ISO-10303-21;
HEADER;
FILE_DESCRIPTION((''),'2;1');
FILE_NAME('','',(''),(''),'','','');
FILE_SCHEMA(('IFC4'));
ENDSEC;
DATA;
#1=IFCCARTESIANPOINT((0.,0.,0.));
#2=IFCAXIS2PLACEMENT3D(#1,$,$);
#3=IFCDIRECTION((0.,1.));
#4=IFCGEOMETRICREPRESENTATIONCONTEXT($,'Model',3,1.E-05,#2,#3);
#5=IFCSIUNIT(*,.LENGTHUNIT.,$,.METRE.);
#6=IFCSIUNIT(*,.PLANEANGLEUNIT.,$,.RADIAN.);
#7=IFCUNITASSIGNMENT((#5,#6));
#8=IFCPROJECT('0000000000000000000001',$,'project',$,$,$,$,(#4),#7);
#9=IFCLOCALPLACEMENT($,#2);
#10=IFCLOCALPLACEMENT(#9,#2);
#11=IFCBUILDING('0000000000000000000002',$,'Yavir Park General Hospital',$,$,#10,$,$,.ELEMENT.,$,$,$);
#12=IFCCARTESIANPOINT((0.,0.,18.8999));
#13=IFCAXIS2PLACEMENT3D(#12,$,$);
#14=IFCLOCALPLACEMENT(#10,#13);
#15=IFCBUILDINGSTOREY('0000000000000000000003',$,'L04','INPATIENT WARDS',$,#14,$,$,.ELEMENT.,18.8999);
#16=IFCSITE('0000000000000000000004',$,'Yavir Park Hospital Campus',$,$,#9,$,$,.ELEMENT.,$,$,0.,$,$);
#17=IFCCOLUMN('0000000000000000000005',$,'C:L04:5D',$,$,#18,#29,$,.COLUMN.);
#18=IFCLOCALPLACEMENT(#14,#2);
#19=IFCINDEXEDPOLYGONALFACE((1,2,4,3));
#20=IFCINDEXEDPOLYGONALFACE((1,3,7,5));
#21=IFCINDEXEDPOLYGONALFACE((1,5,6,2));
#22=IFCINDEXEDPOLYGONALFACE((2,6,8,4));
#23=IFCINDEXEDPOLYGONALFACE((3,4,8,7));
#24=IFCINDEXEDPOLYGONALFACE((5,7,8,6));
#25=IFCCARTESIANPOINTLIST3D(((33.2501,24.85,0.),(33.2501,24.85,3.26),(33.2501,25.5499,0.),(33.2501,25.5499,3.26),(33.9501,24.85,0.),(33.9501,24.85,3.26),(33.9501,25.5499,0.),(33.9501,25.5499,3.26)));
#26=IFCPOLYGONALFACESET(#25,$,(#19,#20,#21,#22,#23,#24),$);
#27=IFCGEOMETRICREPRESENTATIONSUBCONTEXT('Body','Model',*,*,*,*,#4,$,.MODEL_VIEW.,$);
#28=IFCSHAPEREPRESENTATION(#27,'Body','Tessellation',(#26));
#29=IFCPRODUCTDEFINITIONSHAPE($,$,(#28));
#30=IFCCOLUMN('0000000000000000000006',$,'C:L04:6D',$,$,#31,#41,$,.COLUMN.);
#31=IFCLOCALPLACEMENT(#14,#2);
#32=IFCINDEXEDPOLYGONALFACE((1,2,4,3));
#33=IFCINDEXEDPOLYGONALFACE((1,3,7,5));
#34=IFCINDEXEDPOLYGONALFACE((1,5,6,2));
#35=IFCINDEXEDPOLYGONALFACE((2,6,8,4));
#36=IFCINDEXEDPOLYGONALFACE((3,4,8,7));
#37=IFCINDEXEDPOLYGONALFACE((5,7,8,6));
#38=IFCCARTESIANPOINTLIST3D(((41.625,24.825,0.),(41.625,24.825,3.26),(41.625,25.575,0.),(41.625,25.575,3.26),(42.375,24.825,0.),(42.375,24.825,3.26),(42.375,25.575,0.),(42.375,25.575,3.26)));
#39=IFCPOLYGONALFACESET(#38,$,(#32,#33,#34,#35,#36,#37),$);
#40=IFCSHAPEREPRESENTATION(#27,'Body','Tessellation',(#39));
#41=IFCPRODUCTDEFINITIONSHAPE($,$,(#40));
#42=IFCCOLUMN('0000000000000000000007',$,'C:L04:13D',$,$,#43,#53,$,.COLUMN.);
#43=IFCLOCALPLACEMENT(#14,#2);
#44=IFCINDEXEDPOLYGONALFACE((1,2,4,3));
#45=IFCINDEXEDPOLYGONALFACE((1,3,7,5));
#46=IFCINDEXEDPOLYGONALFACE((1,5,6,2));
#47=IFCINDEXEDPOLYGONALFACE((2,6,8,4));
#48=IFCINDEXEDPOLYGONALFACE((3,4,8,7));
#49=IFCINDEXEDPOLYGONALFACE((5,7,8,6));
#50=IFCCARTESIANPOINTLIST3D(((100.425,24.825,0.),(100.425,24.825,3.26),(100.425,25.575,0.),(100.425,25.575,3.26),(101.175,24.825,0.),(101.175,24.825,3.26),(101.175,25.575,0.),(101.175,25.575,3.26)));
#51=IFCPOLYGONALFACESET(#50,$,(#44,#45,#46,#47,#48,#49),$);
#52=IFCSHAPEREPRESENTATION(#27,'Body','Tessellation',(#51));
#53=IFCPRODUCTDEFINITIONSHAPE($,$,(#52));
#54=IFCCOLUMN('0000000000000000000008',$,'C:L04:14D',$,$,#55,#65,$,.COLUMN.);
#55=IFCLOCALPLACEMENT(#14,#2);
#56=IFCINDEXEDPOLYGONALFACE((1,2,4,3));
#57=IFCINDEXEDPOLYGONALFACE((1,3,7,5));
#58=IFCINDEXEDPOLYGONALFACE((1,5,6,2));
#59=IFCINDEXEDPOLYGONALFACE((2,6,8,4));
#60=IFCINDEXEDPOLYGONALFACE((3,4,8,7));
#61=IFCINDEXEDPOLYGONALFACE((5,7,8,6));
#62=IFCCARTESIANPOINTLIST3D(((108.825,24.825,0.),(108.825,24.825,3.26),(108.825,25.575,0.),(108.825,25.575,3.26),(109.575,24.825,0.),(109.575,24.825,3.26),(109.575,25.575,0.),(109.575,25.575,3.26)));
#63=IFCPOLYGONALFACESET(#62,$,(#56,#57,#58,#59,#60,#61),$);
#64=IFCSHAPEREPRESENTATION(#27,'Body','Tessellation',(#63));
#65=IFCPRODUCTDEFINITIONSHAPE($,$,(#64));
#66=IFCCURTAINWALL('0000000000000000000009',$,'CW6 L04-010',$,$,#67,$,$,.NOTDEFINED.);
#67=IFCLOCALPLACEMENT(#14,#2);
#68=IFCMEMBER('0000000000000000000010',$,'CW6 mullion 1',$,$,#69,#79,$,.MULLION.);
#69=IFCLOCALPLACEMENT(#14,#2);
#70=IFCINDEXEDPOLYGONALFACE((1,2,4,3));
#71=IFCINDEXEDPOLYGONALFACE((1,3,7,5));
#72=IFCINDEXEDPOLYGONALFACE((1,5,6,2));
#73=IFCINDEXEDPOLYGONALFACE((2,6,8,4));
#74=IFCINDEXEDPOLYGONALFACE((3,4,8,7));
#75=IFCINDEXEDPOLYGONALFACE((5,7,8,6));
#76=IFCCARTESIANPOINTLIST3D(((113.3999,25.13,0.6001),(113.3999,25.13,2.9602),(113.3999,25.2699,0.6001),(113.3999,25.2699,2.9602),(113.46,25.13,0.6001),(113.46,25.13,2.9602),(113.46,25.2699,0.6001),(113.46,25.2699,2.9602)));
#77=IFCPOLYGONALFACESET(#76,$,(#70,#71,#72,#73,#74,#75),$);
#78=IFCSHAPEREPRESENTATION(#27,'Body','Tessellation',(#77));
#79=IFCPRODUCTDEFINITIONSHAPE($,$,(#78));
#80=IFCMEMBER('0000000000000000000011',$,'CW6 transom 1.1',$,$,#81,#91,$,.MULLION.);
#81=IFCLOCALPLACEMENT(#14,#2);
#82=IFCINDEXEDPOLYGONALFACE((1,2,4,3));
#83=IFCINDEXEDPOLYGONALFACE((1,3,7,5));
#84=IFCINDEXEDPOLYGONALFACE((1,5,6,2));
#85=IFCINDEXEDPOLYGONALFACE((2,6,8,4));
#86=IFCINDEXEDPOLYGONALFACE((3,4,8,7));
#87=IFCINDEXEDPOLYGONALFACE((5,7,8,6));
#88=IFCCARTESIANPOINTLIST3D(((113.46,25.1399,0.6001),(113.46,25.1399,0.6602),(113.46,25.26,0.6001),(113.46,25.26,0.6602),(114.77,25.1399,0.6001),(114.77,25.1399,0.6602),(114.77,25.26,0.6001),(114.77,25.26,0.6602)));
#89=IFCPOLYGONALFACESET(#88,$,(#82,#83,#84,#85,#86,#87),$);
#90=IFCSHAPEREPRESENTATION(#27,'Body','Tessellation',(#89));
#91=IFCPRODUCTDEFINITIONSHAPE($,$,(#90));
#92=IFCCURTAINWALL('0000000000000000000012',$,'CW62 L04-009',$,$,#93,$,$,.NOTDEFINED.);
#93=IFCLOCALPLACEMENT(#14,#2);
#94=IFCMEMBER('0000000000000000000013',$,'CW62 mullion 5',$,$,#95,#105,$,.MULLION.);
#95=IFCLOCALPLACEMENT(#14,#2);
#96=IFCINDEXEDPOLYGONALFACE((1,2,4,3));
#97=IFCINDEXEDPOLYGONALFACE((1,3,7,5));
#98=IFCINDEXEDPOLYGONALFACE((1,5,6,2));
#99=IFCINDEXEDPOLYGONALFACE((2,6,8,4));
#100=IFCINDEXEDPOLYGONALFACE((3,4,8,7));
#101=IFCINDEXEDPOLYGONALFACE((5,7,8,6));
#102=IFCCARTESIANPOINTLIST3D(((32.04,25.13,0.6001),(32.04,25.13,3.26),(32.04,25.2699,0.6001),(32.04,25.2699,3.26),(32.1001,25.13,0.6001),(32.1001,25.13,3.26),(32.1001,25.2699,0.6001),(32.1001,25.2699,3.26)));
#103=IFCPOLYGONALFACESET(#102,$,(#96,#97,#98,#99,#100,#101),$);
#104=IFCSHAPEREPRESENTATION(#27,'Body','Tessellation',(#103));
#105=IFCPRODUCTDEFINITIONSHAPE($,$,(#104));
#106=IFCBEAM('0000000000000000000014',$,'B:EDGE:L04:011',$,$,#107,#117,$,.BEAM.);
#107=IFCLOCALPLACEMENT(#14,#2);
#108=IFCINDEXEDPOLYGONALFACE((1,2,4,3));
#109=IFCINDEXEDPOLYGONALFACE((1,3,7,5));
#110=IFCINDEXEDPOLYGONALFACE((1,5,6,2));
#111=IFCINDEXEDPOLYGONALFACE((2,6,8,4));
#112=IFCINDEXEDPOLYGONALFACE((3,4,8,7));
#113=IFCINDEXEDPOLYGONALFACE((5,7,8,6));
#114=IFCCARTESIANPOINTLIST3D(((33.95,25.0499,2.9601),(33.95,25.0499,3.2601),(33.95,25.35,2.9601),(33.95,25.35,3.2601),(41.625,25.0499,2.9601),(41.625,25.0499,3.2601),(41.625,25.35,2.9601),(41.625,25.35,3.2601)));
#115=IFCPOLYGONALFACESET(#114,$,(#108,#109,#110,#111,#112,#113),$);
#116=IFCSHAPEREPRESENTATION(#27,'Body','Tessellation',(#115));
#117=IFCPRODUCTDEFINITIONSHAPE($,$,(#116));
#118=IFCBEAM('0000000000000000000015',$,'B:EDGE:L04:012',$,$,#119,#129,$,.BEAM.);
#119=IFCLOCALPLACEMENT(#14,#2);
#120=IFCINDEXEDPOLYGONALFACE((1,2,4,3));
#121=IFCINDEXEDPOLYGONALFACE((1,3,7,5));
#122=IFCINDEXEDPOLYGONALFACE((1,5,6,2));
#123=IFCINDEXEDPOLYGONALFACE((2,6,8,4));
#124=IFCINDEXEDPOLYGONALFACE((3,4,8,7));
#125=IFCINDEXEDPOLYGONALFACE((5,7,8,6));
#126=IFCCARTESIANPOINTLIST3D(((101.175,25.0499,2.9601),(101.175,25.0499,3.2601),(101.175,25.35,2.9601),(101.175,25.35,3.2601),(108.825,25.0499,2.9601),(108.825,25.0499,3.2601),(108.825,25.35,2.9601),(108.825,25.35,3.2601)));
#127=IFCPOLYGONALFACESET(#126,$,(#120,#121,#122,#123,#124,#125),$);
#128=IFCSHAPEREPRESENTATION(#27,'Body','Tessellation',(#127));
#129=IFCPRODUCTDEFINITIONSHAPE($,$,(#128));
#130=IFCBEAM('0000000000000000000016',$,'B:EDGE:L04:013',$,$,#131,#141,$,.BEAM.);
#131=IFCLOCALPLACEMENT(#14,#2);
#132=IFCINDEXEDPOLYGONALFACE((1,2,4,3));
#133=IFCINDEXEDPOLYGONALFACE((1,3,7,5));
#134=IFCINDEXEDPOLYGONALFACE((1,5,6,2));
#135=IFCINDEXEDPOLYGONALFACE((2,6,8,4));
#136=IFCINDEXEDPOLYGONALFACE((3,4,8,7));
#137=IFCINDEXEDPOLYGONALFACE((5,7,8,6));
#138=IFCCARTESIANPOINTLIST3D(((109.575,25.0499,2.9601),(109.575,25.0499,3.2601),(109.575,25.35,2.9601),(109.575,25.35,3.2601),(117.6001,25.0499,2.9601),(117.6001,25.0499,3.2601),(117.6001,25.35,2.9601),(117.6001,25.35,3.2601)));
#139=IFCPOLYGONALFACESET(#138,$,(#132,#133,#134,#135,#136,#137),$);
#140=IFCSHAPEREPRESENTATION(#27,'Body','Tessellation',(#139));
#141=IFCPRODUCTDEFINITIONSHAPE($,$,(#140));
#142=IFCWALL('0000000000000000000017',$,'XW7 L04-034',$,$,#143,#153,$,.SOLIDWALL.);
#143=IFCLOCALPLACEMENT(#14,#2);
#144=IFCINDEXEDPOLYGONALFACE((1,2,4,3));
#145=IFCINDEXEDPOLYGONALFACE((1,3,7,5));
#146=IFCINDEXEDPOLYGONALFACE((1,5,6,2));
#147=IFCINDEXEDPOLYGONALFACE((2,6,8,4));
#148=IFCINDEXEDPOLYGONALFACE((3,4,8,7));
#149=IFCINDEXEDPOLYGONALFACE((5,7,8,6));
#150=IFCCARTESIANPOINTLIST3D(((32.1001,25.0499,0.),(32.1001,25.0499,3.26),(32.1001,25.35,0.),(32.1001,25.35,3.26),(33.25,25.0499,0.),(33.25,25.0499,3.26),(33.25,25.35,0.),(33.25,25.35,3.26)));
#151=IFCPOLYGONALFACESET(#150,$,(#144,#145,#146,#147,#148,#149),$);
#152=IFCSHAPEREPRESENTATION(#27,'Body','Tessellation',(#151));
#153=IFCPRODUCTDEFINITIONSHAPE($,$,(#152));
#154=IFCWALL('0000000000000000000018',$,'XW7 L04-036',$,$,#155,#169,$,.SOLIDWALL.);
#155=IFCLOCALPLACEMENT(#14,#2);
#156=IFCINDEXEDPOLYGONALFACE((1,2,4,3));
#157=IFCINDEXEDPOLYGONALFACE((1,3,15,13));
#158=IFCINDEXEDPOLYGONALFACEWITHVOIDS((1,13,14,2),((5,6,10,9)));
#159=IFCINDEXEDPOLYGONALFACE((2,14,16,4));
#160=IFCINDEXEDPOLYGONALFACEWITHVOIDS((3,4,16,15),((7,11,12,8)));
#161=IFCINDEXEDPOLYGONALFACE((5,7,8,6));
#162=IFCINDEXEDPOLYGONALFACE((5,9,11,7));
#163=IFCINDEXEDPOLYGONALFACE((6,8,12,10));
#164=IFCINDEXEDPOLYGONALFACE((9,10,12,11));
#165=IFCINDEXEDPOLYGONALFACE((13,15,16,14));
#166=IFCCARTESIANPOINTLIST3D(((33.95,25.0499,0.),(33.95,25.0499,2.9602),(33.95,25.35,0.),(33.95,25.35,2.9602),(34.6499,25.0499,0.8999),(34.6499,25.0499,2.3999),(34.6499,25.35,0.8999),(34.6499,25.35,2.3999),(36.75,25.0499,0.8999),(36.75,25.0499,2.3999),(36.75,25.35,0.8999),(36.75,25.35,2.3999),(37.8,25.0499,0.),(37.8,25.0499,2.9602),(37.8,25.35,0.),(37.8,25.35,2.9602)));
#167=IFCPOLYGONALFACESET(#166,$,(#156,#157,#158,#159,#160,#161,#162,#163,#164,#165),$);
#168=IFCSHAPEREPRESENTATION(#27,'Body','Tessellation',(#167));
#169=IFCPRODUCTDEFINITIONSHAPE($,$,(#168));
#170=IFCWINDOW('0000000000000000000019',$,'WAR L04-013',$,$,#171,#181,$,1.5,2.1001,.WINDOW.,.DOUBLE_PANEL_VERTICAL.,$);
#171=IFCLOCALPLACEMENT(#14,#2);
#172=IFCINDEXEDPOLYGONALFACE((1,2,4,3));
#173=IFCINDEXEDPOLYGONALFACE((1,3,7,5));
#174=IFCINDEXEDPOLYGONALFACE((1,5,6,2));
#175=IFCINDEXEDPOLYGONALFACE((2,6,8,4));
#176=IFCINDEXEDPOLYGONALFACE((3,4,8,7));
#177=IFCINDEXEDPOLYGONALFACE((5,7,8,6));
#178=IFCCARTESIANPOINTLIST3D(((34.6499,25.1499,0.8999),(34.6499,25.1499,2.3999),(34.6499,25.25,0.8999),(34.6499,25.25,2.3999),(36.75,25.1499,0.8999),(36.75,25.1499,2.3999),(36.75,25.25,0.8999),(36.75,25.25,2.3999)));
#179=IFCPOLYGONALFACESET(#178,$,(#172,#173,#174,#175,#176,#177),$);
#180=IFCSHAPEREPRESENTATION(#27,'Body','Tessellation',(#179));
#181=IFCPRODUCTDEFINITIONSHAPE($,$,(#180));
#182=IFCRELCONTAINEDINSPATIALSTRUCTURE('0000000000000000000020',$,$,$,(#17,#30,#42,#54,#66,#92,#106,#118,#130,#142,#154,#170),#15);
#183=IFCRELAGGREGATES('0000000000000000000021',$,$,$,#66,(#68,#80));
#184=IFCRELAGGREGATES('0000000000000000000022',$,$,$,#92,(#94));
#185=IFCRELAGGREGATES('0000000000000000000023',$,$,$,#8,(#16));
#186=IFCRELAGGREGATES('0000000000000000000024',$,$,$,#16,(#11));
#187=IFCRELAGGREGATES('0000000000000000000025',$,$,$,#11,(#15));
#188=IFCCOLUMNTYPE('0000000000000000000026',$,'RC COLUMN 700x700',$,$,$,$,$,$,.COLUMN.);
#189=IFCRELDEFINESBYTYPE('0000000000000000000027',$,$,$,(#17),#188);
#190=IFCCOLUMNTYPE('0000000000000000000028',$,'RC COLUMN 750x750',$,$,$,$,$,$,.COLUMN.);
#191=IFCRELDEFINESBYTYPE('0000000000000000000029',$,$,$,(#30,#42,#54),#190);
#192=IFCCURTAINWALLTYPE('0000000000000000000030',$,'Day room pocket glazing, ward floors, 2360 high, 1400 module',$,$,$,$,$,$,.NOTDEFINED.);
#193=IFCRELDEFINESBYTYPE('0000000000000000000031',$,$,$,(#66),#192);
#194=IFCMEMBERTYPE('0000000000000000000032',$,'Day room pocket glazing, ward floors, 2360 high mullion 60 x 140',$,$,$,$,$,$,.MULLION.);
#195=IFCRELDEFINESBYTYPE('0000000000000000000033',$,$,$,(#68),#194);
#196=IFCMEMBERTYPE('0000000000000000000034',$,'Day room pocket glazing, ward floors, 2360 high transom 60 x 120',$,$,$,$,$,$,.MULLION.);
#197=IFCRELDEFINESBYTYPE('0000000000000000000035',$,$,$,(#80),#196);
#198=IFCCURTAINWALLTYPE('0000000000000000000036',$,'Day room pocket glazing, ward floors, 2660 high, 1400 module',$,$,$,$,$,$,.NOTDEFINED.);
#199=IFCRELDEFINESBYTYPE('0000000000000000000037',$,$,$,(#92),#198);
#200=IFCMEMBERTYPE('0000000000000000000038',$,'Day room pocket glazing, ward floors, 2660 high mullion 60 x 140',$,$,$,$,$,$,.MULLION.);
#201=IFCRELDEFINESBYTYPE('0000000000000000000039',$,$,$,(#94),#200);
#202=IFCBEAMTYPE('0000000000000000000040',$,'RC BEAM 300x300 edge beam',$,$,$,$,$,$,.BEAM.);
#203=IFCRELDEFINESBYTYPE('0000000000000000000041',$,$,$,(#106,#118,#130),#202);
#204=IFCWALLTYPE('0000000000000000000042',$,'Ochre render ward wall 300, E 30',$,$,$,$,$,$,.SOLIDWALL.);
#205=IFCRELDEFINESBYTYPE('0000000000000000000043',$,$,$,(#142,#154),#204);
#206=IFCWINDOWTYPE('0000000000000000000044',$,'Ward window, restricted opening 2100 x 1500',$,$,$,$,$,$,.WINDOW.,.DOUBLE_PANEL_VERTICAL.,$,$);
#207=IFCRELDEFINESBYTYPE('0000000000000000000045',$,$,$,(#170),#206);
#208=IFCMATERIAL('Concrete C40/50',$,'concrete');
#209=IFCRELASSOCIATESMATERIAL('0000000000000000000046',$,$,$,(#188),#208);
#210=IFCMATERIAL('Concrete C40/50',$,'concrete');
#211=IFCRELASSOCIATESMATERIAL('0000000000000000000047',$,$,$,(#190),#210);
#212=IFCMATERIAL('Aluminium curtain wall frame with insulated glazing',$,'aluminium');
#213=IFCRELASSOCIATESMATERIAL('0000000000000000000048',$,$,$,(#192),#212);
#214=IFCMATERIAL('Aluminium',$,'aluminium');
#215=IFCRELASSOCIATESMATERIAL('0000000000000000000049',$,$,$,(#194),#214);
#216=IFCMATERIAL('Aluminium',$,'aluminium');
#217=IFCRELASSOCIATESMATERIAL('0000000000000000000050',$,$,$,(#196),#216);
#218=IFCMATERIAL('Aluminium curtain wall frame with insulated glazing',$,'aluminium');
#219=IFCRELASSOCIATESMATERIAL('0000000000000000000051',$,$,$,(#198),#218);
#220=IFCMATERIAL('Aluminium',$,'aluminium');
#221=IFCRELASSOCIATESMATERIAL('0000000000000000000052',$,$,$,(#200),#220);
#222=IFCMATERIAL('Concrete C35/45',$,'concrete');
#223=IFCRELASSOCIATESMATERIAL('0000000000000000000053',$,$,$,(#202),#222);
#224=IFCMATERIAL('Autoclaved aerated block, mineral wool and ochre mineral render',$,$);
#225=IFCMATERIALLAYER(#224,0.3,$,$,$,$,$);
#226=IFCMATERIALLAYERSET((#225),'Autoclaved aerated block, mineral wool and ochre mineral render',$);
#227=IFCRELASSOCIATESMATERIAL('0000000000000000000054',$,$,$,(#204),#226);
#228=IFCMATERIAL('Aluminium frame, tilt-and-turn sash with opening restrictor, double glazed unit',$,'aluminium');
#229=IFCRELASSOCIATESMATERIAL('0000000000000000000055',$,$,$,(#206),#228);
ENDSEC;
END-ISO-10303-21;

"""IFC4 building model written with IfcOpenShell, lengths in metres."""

from ifc_helpers import new_model, si_unit, direction, frame, frame_2d, origin, origin_2d, place, context, subcontext, project, spatial, rectangle, extrude, material, layer, layer_set, material_profile, profile_set, type_object, element, fill, aggregate, save


model = new_model("IFC4")

# Units and contexts
model_context = context("Model", 3, precision=1e-05, world=origin(), true_north=direction((0.0, 1.0)))
body_context = subcontext(model_context, "Body", "Model", "MODEL_VIEW")
ifc_project = project(units=[si_unit("LENGTHUNIT", "METRE"), si_unit("PLANEANGLEUNIT", "RADIAN")], contexts=[model_context])

# Site, building, storey
site_placement = place(None, origin())
site = spatial("IfcSite", under=ifc_project, at=site_placement, Name="Yavir Park Hospital Campus", CompositionType="ELEMENT", RefElevation=0.0)
building_placement = place(site_placement, origin())
building = spatial("IfcBuilding", under=site, at=building_placement, Name="Yavir Park General Hospital", CompositionType="ELEMENT")
storey_placement = place(building_placement, frame((0.0, 0.0, 18.8999)))
storey = spatial("IfcBuildingStorey", under=building, at=storey_placement, Name="L04", Description="INPATIENT WARDS", CompositionType="ELEMENT", Elevation=18.8999)

# Columns
ifc_material_1 = material(Name="Concrete C40/50", Category="concrete")
ifc_material_profile_1 = material_profile(ifc_material_1, rectangle(XDim=0.7, YDim=0.7, at=origin_2d()), Name="RC700x700")
ifc_profile_set_1 = profile_set([ifc_material_profile_1], Name="Concrete C40/50")
column_type_1 = type_object("IfcColumnType", Name="RC COLUMN 700x700", PredefinedType="COLUMN", material=ifc_profile_set_1)
column_placement = place(storey_placement, frame((33.6001, 25.2, 0.0), z_axis=(0.0, 0.0, 1.0), x_axis=(1.0, 0.0, 0.0)))
element("IfcColumn", 1, at=column_placement, inside=storey, type_object=column_type_1, Name="C:L04:5D", PredefinedType="COLUMN", context=body_context, shape_type="SweptSolid", body=[
    extrude(rectangle(XDim=0.7, YDim=0.7, at=origin_2d()), origin(), (0.0, 0.0, 1.0), 3.26),
])
ifc_material_2 = material(Name="Concrete C40/50", Category="concrete")
ifc_material_profile_2 = material_profile(ifc_material_2, rectangle(XDim=0.75, YDim=0.75, at=origin_2d()), Name="RC750x750")
ifc_profile_set_2 = profile_set([ifc_material_profile_2], Name="Concrete C40/50")
column_type_2 = type_object("IfcColumnType", Name="RC COLUMN 750x750", PredefinedType="COLUMN", material=ifc_profile_set_2)
for number, where, z_axis, x_axis, name in (
    (2, (42.0, 25.2, 0.0), (0.0, 0.0, 1.0), (1.0, 0.0, 0.0), "C:L04:6D"),
    (3, (100.8, 25.2, 0.0), (0.0, 0.0, 1.0), (1.0, 0.0, 0.0), "C:L04:13D"),
    (4, (109.2, 25.2, 0.0), (0.0, 0.0, 1.0), (1.0, 0.0, 0.0), "C:L04:14D"),
):
    element("IfcColumn", number, at=place(storey_placement, frame(where, z_axis=z_axis, x_axis=x_axis)), inside=storey, type_object=column_type_2, Name=name, PredefinedType="COLUMN", context=body_context, shape_type="SweptSolid", body=[
        extrude(rectangle(XDim=0.75, YDim=0.75, at=origin_2d()), origin(), (0.0, 0.0, 1.0), 3.26),
    ])

# Curtain wall, members
ifc_material_3 = material(Name="Aluminium curtain wall frame with insulated glazing", Category="aluminium")
curtain_wall_type_1 = type_object("IfcCurtainWallType", Name="Day room pocket glazing, ward floors, 2360 high, 1400 module", PredefinedType="NOTDEFINED", material=ifc_material_3)
curtain_wall_1_placement = place(storey_placement, origin())
curtain_wall_1 = element("IfcCurtainWall", 5, at=curtain_wall_1_placement, inside=storey, type_object=curtain_wall_type_1, Name="CW6 L04-010", PredefinedType="NOTDEFINED")
ifc_material_4 = material(Name="Aluminium", Category="aluminium")
ifc_material_profile_3 = material_profile(ifc_material_4, rectangle(XDim=0.1399, YDim=0.0601, at=origin_2d()), Name="AL 60x140")
ifc_profile_set_3 = profile_set([ifc_material_profile_3], Name="Aluminium")
member_type_1 = type_object("IfcMemberType", Name="Day room pocket glazing, ward floors, 2360 high mullion 60 x 140", PredefinedType="MULLION", material=ifc_profile_set_3)
member_1_placement = place(storey_placement, frame((113.4299, 25.2, 0.6001), z_axis=(0.0, 0.0, 1.0), x_axis=(0.0, 1.0, 0.0)))
member_1 = element("IfcMember", 6, at=member_1_placement, type_object=member_type_1, Name="CW6 mullion 1", PredefinedType="MULLION", context=body_context, shape_type="SweptSolid", body=[
    extrude(rectangle(XDim=0.1399, YDim=0.0601, at=origin_2d()), origin(), (0.0, 0.0, 1.0), 2.3601),
])
ifc_material_5 = material(Name="Aluminium", Category="aluminium")
ifc_material_profile_4 = material_profile(ifc_material_5, rectangle(XDim=0.1201, YDim=0.0601, at=origin_2d()), Name="AL 120x60")
ifc_profile_set_4 = profile_set([ifc_material_profile_4], Name="Aluminium")
member_type_2 = type_object("IfcMemberType", Name="Day room pocket glazing, ward floors, 2360 high transom 60 x 120", PredefinedType="MULLION", material=ifc_profile_set_4)
member_2_placement = place(storey_placement, frame((113.46, 25.2, 0.6301), z_axis=(1.0, 0.0, 0.0), x_axis=(0.0, 1.0, 0.0)))
member_2 = element("IfcMember", 7, at=member_2_placement, type_object=member_type_2, Name="CW6 transom 1.1", PredefinedType="MULLION", context=body_context, shape_type="SweptSolid", body=[
    extrude(rectangle(XDim=0.1201, YDim=0.0601, at=origin_2d()), origin(), (0.0, 0.0, 1.0), 1.3101),
])
aggregate(curtain_wall_1, [member_1, member_2])

# Curtain wall, member
ifc_material_6 = material(Name="Aluminium curtain wall frame with insulated glazing", Category="aluminium")
curtain_wall_type_2 = type_object("IfcCurtainWallType", Name="Day room pocket glazing, ward floors, 2660 high, 1400 module", PredefinedType="NOTDEFINED", material=ifc_material_6)
curtain_wall_2_placement = place(storey_placement, origin())
curtain_wall_2 = element("IfcCurtainWall", 8, at=curtain_wall_2_placement, inside=storey, type_object=curtain_wall_type_2, Name="CW62 L04-009", PredefinedType="NOTDEFINED")
ifc_material_7 = material(Name="Aluminium", Category="aluminium")
ifc_material_profile_5 = material_profile(ifc_material_7, rectangle(XDim=0.1399, YDim=0.0601, at=origin_2d()), Name="AL 60x140")
ifc_profile_set_5 = profile_set([ifc_material_profile_5], Name="Aluminium")
member_type_3 = type_object("IfcMemberType", Name="Day room pocket glazing, ward floors, 2660 high mullion 60 x 140", PredefinedType="MULLION", material=ifc_profile_set_5)
member_3_placement = place(storey_placement, frame((32.0701, 25.2, 0.6001), z_axis=(0.0, 0.0, 1.0), x_axis=(0.0, 1.0, 0.0)))
member_3 = element("IfcMember", 9, at=member_3_placement, type_object=member_type_3, Name="CW62 mullion 5", PredefinedType="MULLION", context=body_context, shape_type="SweptSolid", body=[
    extrude(rectangle(XDim=0.1399, YDim=0.0601, at=origin_2d()), origin(), (0.0, 0.0, 1.0), 2.6599),
])
aggregate(curtain_wall_2, [member_3])

# Beams
ifc_material_8 = material(Name="Concrete C35/45", Category="concrete")
ifc_material_profile_6 = material_profile(ifc_material_8, rectangle(XDim=0.3, YDim=0.3, at=origin_2d()), Name="RC300x300")
ifc_profile_set_6 = profile_set([ifc_material_profile_6], Name="Concrete C35/45")
beam_type = type_object("IfcBeamType", Name="RC BEAM 300x300 edge beam", PredefinedType="BEAM", material=ifc_profile_set_6)
beam_1_placement = place(storey_placement, frame((33.95, 25.2, 3.1101), z_axis=(1.0, 0.0, 0.0), x_axis=(0.0, 1.0, 0.0)))
element("IfcBeam", 10, at=beam_1_placement, inside=storey, type_object=beam_type, Name="B:EDGE:L04:011", PredefinedType="BEAM", context=body_context, shape_type="SweptSolid", body=[
    extrude(rectangle(XDim=0.3, YDim=0.3, at=origin_2d()), origin(), (0.0, 0.0, 1.0), 7.675),
])
beam_2_placement = place(storey_placement, frame((101.175, 25.2, 3.1101), z_axis=(1.0, 0.0, 0.0), x_axis=(0.0, 1.0, 0.0)))
element("IfcBeam", 11, at=beam_2_placement, inside=storey, type_object=beam_type, Name="B:EDGE:L04:012", PredefinedType="BEAM", context=body_context, shape_type="SweptSolid", body=[
    extrude(rectangle(XDim=0.3, YDim=0.3, at=origin_2d()), origin(), (0.0, 0.0, 1.0), 7.6499),
])
beam_3_placement = place(storey_placement, frame((109.575, 25.2, 3.1101), z_axis=(1.0, 0.0, 0.0), x_axis=(0.0, 1.0, 0.0)))
element("IfcBeam", 12, at=beam_3_placement, inside=storey, type_object=beam_type, Name="B:EDGE:L04:013", PredefinedType="BEAM", context=body_context, shape_type="SweptSolid", body=[
    extrude(rectangle(XDim=0.3, YDim=0.3, at=origin_2d()), origin(), (0.0, 0.0, 1.0), 8.0251),
])

# Wall
ifc_material_9 = material(Name="Autoclaved aerated block, mineral wool and ochre mineral render")
ifc_layer = layer(ifc_material_9, 0.3)
ifc_layer_set = layer_set([ifc_layer], Name="Autoclaved aerated block, mineral wool and ochre mineral render")
wall_type = type_object("IfcWallType", Name="Ochre render ward wall 300, E 30", PredefinedType="SOLIDWALL", material=ifc_layer_set)
wall_1_placement = place(storey_placement, frame((32.1001, 25.2, 0.0), z_axis=(0.0, 0.0, 1.0), x_axis=(1.0, 0.0, 0.0)))
element("IfcWall", 13, at=wall_1_placement, inside=storey, type_object=wall_type, Name="XW7 L04-034", PredefinedType="SOLIDWALL", context=body_context, shape_type="SweptSolid", body=[
    extrude(rectangle(XDim=1.1499, YDim=0.3, at=frame_2d((0.575, 0.0))), origin(), (0.0, 0.0, 1.0), 3.26),
])

# Wall, opening, window
wall_2_placement = place(storey_placement, frame((33.95, 25.2, 0.0), z_axis=(0.0, 0.0, 1.0), x_axis=(1.0, 0.0, 0.0)))
wall_2 = element("IfcWall", 14, at=wall_2_placement, inside=storey, type_object=wall_type, Name="XW7 L04-036", PredefinedType="SOLIDWALL", context=body_context, shape_type="SweptSolid", body=[
    extrude(rectangle(XDim=3.8501, YDim=0.3, at=frame_2d((1.925, 0.0))), origin(), (0.0, 0.0, 1.0), 2.9602),
])
opening_1_placement = place(wall_2_placement, frame((0.7, 0.0, 0.8999)))
opening_1 = element("IfcOpeningElement", 15, at=opening_1_placement, cuts=wall_2, PredefinedType="OPENING", context=body_context, shape_type="SweptSolid", body=[
    extrude(rectangle(XDim=2.1001, YDim=1.5, at=frame_2d((1.05, 0.75))), frame((0.0, 0.1599, 0.0), z_axis=(0.0, -1.0, 0.0), x_axis=(1.0, 0.0, 0.0)), (0.0, 0.0, 1.0), 0.3201),
])
ifc_material_10 = material(Name="Aluminium frame, tilt-and-turn sash with opening restrictor, double glazed unit", Category="aluminium")
window_type = type_object("IfcWindowType", Name="Ward window, restricted opening 2100 x 1500", PartitioningType="DOUBLE_PANEL_VERTICAL", PredefinedType="WINDOW", material=ifc_material_10)
window_1_placement = place(opening_1_placement, origin())
window_1 = element("IfcWindow", 16, at=window_1_placement, inside=storey, type_object=window_type, Name="WAR L04-013", OverallHeight=1.5, OverallWidth=2.1001, PartitioningType="DOUBLE_PANEL_VERTICAL", PredefinedType="WINDOW", context=body_context, shape_type="SweptSolid", body=[
    extrude(rectangle(XDim=2.1001, YDim=1.5, at=frame_2d((1.05, 0.75))), frame((0.0, 0.05, 0.0), z_axis=(0.0, -1.0, 0.0), x_axis=(1.0, 0.0, 0.0)), (0.0, 0.0, 1.0), 0.1001),
])
fill(opening_1, window_1)

save(model, "model.ifc")
